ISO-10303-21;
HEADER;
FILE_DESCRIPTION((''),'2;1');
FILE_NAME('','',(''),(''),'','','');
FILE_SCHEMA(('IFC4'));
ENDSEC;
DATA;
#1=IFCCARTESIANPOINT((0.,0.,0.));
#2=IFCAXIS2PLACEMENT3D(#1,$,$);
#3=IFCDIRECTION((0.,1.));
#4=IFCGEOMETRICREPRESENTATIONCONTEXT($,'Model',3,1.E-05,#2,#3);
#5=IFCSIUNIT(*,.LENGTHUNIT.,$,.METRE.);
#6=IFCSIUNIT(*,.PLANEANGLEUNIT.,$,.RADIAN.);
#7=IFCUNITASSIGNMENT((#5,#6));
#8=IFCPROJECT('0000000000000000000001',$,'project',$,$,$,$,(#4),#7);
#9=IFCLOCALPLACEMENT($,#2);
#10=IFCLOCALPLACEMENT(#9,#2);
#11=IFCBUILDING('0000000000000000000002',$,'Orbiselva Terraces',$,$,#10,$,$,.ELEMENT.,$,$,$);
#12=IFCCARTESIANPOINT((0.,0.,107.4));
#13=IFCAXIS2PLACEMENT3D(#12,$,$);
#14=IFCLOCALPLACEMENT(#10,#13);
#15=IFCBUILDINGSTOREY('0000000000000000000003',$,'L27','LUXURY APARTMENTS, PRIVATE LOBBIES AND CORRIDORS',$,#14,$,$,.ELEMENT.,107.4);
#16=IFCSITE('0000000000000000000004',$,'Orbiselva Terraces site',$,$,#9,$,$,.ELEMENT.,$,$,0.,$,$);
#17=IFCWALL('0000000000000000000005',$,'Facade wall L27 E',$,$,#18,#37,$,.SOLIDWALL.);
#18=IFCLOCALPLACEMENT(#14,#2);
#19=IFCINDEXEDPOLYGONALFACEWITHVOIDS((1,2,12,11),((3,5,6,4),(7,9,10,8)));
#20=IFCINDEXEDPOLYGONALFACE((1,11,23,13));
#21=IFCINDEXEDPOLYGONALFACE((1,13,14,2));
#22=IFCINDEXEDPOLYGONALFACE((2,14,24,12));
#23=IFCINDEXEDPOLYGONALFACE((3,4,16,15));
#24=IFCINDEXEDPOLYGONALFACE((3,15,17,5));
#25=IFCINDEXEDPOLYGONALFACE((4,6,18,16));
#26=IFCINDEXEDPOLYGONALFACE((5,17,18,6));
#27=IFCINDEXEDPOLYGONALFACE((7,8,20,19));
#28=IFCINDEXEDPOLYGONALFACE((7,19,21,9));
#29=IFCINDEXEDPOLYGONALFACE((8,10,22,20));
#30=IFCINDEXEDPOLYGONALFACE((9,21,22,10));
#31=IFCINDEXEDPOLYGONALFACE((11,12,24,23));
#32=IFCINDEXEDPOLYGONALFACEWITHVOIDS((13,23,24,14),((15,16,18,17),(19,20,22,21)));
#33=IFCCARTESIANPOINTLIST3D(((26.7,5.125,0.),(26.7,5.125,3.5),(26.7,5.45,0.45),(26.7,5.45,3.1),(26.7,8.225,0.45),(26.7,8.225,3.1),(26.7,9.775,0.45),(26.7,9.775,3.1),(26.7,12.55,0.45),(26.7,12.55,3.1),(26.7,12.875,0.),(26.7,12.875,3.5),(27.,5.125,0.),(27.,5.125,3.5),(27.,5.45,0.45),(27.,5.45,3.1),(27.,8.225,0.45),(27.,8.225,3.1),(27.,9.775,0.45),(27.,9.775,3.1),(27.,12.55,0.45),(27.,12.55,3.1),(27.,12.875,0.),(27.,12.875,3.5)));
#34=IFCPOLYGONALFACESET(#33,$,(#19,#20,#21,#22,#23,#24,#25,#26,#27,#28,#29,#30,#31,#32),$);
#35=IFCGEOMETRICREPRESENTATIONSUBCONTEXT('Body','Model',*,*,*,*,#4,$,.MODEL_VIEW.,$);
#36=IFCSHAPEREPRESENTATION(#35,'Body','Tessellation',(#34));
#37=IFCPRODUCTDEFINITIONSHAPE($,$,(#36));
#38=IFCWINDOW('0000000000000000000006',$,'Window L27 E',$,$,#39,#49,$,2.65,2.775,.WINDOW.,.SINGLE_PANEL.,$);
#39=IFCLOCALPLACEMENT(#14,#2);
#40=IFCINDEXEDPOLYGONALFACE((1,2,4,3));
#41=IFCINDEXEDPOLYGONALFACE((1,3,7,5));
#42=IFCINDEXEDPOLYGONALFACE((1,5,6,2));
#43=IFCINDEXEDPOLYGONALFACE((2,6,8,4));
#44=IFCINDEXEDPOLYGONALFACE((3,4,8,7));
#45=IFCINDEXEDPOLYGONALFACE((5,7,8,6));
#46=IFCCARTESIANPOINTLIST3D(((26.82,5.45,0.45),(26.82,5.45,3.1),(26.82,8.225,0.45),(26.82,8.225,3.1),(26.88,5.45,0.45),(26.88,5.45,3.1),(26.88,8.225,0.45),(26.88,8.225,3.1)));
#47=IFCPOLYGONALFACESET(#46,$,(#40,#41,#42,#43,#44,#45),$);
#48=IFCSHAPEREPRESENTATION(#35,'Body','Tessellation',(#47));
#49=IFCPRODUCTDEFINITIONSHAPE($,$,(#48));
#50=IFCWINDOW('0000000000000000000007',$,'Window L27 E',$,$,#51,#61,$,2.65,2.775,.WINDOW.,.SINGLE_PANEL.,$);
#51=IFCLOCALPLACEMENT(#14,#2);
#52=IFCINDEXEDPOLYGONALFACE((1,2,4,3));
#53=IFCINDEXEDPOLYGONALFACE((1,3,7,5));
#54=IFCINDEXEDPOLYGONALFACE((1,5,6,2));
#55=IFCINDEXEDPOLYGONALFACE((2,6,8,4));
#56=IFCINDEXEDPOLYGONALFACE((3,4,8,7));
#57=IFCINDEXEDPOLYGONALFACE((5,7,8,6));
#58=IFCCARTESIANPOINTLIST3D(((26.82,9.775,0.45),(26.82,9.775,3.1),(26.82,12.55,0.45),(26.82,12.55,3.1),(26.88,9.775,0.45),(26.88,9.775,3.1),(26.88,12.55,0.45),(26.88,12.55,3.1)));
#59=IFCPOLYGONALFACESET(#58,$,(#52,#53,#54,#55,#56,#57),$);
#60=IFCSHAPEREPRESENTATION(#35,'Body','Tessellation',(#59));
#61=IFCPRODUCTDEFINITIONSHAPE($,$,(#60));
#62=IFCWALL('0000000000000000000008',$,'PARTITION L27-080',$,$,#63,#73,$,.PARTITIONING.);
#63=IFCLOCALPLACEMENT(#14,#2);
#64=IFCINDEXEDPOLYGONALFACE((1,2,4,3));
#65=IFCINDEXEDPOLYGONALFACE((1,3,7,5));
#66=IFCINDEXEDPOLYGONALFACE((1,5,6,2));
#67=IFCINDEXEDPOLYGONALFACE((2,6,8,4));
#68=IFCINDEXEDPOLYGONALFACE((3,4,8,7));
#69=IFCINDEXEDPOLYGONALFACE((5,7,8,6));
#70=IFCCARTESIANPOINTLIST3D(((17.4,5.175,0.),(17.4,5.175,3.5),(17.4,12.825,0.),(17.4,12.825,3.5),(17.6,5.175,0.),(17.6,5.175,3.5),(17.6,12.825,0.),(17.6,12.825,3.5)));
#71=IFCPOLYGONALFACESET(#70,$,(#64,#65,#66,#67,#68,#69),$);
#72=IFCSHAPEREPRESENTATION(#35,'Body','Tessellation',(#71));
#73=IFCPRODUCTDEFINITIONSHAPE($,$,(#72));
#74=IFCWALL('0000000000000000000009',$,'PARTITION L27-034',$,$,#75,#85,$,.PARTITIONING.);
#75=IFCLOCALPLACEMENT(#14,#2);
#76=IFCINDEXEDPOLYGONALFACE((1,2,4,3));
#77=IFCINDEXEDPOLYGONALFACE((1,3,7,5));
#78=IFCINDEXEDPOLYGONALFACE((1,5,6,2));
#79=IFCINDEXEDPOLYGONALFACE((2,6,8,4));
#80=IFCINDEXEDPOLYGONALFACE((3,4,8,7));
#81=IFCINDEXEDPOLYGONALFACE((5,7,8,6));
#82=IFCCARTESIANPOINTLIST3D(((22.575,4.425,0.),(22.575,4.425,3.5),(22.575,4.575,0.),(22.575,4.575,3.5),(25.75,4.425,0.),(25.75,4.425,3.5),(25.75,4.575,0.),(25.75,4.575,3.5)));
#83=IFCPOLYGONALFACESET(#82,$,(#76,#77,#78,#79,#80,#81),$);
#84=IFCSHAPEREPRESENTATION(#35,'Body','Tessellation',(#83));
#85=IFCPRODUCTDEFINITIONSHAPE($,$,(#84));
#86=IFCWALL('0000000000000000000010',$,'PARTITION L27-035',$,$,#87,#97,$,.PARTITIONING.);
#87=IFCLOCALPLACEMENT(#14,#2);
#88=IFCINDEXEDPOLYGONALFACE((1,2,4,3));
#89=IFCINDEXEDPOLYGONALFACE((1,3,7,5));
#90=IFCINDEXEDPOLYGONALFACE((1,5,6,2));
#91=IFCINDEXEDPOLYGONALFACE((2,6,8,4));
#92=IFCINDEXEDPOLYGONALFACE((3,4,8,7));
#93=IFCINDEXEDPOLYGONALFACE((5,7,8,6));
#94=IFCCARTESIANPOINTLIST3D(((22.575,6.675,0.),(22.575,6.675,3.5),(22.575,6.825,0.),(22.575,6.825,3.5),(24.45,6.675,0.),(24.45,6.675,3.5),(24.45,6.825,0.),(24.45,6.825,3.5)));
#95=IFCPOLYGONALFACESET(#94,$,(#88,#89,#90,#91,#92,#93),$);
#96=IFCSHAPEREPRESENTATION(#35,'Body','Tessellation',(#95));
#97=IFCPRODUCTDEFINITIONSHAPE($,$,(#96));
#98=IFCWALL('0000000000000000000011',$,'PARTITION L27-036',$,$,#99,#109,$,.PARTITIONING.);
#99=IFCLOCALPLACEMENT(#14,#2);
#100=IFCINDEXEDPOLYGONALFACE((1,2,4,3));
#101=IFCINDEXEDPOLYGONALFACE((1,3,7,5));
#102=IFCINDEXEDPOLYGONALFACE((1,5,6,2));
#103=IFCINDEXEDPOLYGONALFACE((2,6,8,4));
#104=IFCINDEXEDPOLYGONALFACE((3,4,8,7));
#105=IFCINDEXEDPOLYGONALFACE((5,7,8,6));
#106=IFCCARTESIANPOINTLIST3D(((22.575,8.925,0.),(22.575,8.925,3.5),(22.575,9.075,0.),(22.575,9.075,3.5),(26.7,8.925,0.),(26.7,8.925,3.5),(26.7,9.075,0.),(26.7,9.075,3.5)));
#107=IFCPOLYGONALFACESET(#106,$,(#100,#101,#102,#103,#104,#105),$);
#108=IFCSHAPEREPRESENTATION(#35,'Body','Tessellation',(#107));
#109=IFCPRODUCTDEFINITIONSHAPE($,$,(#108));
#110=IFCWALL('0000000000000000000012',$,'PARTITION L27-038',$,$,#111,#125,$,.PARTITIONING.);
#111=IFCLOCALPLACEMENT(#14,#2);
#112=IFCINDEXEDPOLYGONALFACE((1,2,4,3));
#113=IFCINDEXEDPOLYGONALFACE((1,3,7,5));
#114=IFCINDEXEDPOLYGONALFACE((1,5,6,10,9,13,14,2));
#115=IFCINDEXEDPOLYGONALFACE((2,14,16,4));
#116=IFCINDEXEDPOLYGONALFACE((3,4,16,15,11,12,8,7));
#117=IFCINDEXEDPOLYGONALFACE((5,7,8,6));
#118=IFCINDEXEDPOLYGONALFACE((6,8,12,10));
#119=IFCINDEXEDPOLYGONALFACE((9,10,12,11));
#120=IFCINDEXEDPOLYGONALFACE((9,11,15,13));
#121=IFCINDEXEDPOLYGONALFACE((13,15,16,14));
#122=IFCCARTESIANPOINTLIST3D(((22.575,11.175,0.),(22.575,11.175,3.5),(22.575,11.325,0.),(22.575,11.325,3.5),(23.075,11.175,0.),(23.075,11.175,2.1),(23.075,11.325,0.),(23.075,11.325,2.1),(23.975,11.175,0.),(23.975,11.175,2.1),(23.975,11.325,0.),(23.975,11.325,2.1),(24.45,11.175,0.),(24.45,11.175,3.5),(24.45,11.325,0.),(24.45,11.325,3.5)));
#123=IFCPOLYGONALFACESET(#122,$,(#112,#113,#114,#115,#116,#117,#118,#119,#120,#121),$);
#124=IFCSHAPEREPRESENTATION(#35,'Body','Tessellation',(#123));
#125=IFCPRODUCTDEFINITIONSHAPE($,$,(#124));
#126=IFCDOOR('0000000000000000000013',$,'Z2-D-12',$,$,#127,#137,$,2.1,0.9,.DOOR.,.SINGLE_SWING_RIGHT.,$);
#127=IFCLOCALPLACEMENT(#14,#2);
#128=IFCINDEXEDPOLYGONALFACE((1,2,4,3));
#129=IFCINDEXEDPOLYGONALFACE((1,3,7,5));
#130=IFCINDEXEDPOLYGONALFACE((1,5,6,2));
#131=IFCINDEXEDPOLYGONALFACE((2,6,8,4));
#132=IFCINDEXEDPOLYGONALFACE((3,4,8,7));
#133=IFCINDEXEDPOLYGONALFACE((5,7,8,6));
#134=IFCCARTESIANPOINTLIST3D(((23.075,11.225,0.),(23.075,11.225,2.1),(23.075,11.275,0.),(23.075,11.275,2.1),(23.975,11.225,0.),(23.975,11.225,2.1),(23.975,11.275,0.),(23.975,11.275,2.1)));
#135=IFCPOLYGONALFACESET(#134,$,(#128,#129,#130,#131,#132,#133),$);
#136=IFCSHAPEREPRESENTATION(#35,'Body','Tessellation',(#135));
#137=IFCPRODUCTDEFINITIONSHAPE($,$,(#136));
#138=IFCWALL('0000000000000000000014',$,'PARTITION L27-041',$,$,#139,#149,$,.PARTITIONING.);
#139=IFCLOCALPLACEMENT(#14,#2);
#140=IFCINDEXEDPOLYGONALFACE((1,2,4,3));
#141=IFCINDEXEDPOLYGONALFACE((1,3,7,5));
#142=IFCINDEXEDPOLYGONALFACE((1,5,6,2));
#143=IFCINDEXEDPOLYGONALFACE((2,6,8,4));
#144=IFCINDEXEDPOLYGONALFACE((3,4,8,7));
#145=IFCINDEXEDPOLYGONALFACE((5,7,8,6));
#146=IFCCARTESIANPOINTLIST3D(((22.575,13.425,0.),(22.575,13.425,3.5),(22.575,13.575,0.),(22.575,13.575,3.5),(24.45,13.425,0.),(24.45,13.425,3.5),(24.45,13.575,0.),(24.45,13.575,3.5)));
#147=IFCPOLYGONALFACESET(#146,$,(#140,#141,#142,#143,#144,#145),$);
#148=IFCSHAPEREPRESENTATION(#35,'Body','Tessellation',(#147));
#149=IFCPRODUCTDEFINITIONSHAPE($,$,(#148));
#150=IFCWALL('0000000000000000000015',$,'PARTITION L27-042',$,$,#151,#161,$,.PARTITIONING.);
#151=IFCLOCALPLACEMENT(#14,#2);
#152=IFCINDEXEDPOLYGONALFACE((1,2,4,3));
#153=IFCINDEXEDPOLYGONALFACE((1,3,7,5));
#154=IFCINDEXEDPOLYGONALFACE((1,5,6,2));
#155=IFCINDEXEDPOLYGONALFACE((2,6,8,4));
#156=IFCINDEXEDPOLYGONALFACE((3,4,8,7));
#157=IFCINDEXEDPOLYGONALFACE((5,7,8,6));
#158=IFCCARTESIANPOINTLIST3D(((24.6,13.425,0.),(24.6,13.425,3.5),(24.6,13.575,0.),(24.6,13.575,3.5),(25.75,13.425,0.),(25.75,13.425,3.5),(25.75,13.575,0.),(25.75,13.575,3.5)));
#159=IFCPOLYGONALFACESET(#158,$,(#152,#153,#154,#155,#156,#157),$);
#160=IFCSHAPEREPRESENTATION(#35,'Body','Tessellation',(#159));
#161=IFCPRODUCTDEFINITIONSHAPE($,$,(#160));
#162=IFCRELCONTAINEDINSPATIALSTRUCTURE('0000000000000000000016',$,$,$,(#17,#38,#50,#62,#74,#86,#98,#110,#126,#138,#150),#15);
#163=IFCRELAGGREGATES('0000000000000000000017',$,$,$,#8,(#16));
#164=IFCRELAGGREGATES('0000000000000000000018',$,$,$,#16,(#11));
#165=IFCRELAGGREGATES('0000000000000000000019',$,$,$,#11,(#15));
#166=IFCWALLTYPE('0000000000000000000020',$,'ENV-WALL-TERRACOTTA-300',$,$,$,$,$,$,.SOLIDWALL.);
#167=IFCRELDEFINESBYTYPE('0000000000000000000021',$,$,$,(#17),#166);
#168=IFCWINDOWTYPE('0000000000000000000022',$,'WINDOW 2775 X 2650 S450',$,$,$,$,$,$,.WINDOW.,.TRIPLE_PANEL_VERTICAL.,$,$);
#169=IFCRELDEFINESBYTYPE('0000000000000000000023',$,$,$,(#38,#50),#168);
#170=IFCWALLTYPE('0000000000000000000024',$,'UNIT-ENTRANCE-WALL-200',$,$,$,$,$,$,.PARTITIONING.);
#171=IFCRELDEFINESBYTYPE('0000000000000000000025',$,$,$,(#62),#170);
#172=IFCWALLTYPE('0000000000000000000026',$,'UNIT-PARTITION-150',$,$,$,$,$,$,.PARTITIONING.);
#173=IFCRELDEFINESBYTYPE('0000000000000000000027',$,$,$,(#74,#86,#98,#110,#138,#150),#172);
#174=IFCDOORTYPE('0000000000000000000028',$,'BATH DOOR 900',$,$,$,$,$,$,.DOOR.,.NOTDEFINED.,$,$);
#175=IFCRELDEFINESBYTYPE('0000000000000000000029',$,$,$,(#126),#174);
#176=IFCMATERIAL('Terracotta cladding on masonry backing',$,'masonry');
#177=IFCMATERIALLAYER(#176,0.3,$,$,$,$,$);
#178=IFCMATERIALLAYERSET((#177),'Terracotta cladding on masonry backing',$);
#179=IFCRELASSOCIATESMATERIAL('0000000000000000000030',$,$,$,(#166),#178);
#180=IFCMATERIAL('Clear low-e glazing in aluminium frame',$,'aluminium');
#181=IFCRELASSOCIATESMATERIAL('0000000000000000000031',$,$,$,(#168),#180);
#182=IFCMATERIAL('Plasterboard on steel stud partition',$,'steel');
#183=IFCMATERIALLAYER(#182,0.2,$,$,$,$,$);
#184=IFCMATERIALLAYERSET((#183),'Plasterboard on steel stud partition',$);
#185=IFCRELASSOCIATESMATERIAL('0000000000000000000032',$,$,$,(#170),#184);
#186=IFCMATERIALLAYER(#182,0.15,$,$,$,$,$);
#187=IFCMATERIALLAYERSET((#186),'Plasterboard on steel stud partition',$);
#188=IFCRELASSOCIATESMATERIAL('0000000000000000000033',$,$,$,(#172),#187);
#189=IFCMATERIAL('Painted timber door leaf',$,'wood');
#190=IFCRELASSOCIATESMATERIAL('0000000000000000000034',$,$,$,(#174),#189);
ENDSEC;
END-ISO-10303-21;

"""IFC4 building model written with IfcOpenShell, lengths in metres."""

from ifc_helpers import new_model, si_unit, direction, frame, frame_2d, origin, place, context, subcontext, project, spatial, rectangle, extrude, material, layer, layer_set, type_object, element, fill, save


model = new_model("IFC4")

# Units and contexts
model_context = context("Model", 3, precision=1e-05, world=origin(), true_north=direction((0.0, 1.0)))
body_context = subcontext(model_context, "Body", "Model", "MODEL_VIEW")
ifc_project = project(units=[si_unit("LENGTHUNIT", "METRE"), si_unit("PLANEANGLEUNIT", "RADIAN")], contexts=[model_context])

# Site, building, storey
site_placement = place(None, origin())
site = spatial("IfcSite", under=ifc_project, at=site_placement, Name="Orbiselva Terraces site", CompositionType="ELEMENT", RefElevation=0.0)
building_placement = place(site_placement, origin())
building = spatial("IfcBuilding", under=site, at=building_placement, Name="Orbiselva Terraces", CompositionType="ELEMENT")
storey_placement = place(building_placement, frame((0.0, 0.0, 107.4)))
storey = spatial("IfcBuildingStorey", under=building, at=storey_placement, Name="L27", Description="LUXURY APARTMENTS, PRIVATE LOBBIES AND CORRIDORS", CompositionType="ELEMENT", Elevation=107.4)

# Shared definitions
ifc_material_1 = material(Name="Terracotta cladding on masonry backing", Category="masonry")
ifc_layer_1 = layer(ifc_material_1, 0.3)
ifc_layer_set_1 = layer_set([ifc_layer_1], Name="Terracotta cladding on masonry backing")
wall_type_1 = type_object("IfcWallType", Name="ENV-WALL-TERRACOTTA-300", PredefinedType="SOLIDWALL", material=ifc_layer_set_1)
ifc_material_2 = material(Name="Clear low-e glazing in aluminium frame", Category="aluminium")
window_type = type_object("IfcWindowType", Name="WINDOW 2775 X 2650 S450", PartitioningType="TRIPLE_PANEL_VERTICAL", PredefinedType="WINDOW", material=ifc_material_2)

# Wall, openings, windows
wall_1_placement = place(storey_placement, frame((26.85, 12.875, 0.0), z_axis=(0.0, 0.0, 1.0), x_axis=(0.0, -1.0, 0.0)))
wall_1 = element("IfcWall", 1, at=wall_1_placement, inside=storey, type_object=wall_type_1, Name="Facade wall L27 E", PredefinedType="SOLIDWALL", context=body_context, shape_type="SweptSolid", body=[
    extrude(rectangle(XDim=7.75, YDim=0.3, at=frame_2d((3.875, 0.0))), origin(), (0.0, 0.0, 1.0), 3.5),
])
opening_1_placement = place(wall_1_placement, frame((4.65, 0.0, 0.45)))
opening_1 = element("IfcOpeningElement", 2, at=opening_1_placement, cuts=wall_1, PredefinedType="OPENING", context=body_context, shape_type="SweptSolid", body=[
    extrude(rectangle(XDim=2.775, YDim=2.65, at=frame_2d((1.3875, 1.325))), frame((0.0, 0.16, 0.0), z_axis=(0.0, -1.0, 0.0), x_axis=(1.0, 0.0, 0.0)), (0.0, 0.0, 1.0), 0.32),
])
opening_2_placement = place(wall_1_placement, frame((0.325, 0.0, 0.45)))
opening_2 = element("IfcOpeningElement", 3, at=opening_2_placement, cuts=wall_1, PredefinedType="OPENING", context=body_context, shape_type="SweptSolid", body=[
    extrude(rectangle(XDim=2.775, YDim=2.65, at=frame_2d((1.3875, 1.325))), frame((0.0, 0.16, 0.0), z_axis=(0.0, -1.0, 0.0), x_axis=(1.0, 0.0, 0.0)), (0.0, 0.0, 1.0), 0.32),
])
window_1_placement = place(opening_1_placement, origin())
window_1 = element("IfcWindow", 4, at=window_1_placement, inside=storey, type_object=window_type, Name="Window L27 E", OverallHeight=2.65, OverallWidth=2.775, PartitioningType="SINGLE_PANEL", PredefinedType="WINDOW", context=body_context, shape_type="SweptSolid", body=[
    extrude(rectangle(XDim=2.775, YDim=2.65, at=frame_2d((1.3875, 1.325))), frame((0.0, 0.03, 0.0), z_axis=(0.0, -1.0, 0.0), x_axis=(1.0, 0.0, 0.0)), (0.0, 0.0, 1.0), 0.06),
])
fill(opening_1, window_1)
window_2_placement = place(opening_2_placement, origin())
window_2 = element("IfcWindow", 5, at=window_2_placement, inside=storey, type_object=window_type, Name="Window L27 E", OverallHeight=2.65, OverallWidth=2.775, PartitioningType="SINGLE_PANEL", PredefinedType="WINDOW", context=body_context, shape_type="SweptSolid", body=[
    extrude(rectangle(XDim=2.775, YDim=2.65, at=frame_2d((1.3875, 1.325))), frame((0.0, 0.03, 0.0), z_axis=(0.0, -1.0, 0.0), x_axis=(1.0, 0.0, 0.0)), (0.0, 0.0, 1.0), 0.06),
])
fill(opening_2, window_2)

# Walls
ifc_material_3 = material(Name="Plasterboard on steel stud partition", Category="steel")
ifc_layer_2 = layer(ifc_material_3, 0.2)
ifc_layer_set_2 = layer_set([ifc_layer_2], Name="Plasterboard on steel stud partition")
wall_type_2 = type_object("IfcWallType", Name="UNIT-ENTRANCE-WALL-200", PredefinedType="PARTITIONING", material=ifc_layer_set_2)
wall_2_placement = place(storey_placement, frame((17.5, 5.175, 0.0), z_axis=(0.0, 0.0, 1.0), x_axis=(0.0, 1.0, 0.0)))
element("IfcWall", 6, at=wall_2_placement, inside=storey, type_object=wall_type_2, Name="PARTITION L27-080", PredefinedType="PARTITIONING", context=body_context, shape_type="SweptSolid", body=[
    extrude(rectangle(XDim=7.65, YDim=0.2, at=frame_2d((3.825, 0.0))), origin(), (0.0, 0.0, 1.0), 3.5),
])
ifc_layer_3 = layer(ifc_material_3, 0.15)
ifc_layer_set_3 = layer_set([ifc_layer_3], Name="Plasterboard on steel stud partition")
wall_type_3 = type_object("IfcWallType", Name="UNIT-PARTITION-150", PredefinedType="PARTITIONING", material=ifc_layer_set_3)
wall_3_placement = place(storey_placement, frame((22.575, 4.5, 0.0), z_axis=(0.0, 0.0, 1.0), x_axis=(1.0, 0.0, 0.0)))
element("IfcWall", 7, at=wall_3_placement, inside=storey, type_object=wall_type_3, Name="PARTITION L27-034", PredefinedType="PARTITIONING", context=body_context, shape_type="SweptSolid", body=[
    extrude(rectangle(XDim=3.175, YDim=0.15, at=frame_2d((1.5875, 0.0))), origin(), (0.0, 0.0, 1.0), 3.5),
])
wall_4_placement = place(storey_placement, frame((22.575, 6.75, 0.0), z_axis=(0.0, 0.0, 1.0), x_axis=(1.0, 0.0, 0.0)))
element("IfcWall", 8, at=wall_4_placement, inside=storey, type_object=wall_type_3, Name="PARTITION L27-035", PredefinedType="PARTITIONING", context=body_context, shape_type="SweptSolid", body=[
    extrude(rectangle(XDim=1.875, YDim=0.15, at=frame_2d((0.9375, 0.0))), origin(), (0.0, 0.0, 1.0), 3.5),
])
wall_5_placement = place(storey_placement, frame((22.575, 9.0, 0.0), z_axis=(0.0, 0.0, 1.0), x_axis=(1.0, 0.0, 0.0)))
element("IfcWall", 9, at=wall_5_placement, inside=storey, type_object=wall_type_3, Name="PARTITION L27-036", PredefinedType="PARTITIONING", context=body_context, shape_type="SweptSolid", body=[
    extrude(rectangle(XDim=4.125, YDim=0.15, at=frame_2d((2.0625, 0.0))), origin(), (0.0, 0.0, 1.0), 3.5),
])

# Wall, opening, door
wall_6_placement = place(storey_placement, frame((22.575, 11.25, 0.0), z_axis=(0.0, 0.0, 1.0), x_axis=(1.0, 0.0, 0.0)))
wall_6 = element("IfcWall", 10, at=wall_6_placement, inside=storey, type_object=wall_type_3, Name="PARTITION L27-038", PredefinedType="PARTITIONING", context=body_context, shape_type="SweptSolid", body=[
    extrude(rectangle(XDim=1.875, YDim=0.15, at=frame_2d((0.9375, 0.0))), origin(), (0.0, 0.0, 1.0), 3.5),
])
opening_3_placement = place(wall_6_placement, frame((0.5, 0.0, 0.0)))
opening_3 = element("IfcOpeningElement", 11, at=opening_3_placement, cuts=wall_6, PredefinedType="OPENING", context=body_context, shape_type="SweptSolid", body=[
    extrude(rectangle(XDim=0.9, YDim=2.1, at=frame_2d((0.45, 1.05))), frame((0.0, 0.085, 0.0), z_axis=(0.0, -1.0, 0.0), x_axis=(1.0, 0.0, 0.0)), (0.0, 0.0, 1.0), 0.17),
])
ifc_material_4 = material(Name="Painted timber door leaf", Category="wood")
door_type_1 = type_object("IfcDoorType", Name="BATH DOOR 900", OperationType="NOTDEFINED", PredefinedType="DOOR", material=ifc_material_4)
door_1_placement = place(opening_3_placement, origin())
door_1 = element("IfcDoor", 12, at=door_1_placement, inside=storey, type_object=door_type_1, Name="Z2-D-12", OperationType="SINGLE_SWING_RIGHT", OverallHeight=2.1, OverallWidth=0.9, PredefinedType="DOOR", context=body_context, shape_type="SweptSolid", body=[
    extrude(rectangle(XDim=0.9, YDim=2.1, at=frame_2d((0.45, 1.05))), frame((0.0, 0.025, 0.0), z_axis=(0.0, -1.0, 0.0), x_axis=(1.0, 0.0, 0.0)), (0.0, 0.0, 1.0), 0.05),
])
fill(opening_3, door_1)

# Walls
wall_7_placement = place(storey_placement, frame((22.575, 13.5, 0.0), z_axis=(0.0, 0.0, 1.0), x_axis=(1.0, 0.0, 0.0)))
element("IfcWall", 13, at=wall_7_placement, inside=storey, type_object=wall_type_3, Name="PARTITION L27-041", PredefinedType="PARTITIONING", context=body_context, shape_type="SweptSolid", body=[
    extrude(rectangle(XDim=1.875, YDim=0.15, at=frame_2d((0.9375, 0.0))), origin(), (0.0, 0.0, 1.0), 3.5),
])
wall_8_placement = place(storey_placement, frame((24.6, 13.5, 0.0), z_axis=(0.0, 0.0, 1.0), x_axis=(1.0, 0.0, 0.0)))
element("IfcWall", 14, at=wall_8_placement, inside=storey, type_object=wall_type_3, Name="PARTITION L27-042", PredefinedType="PARTITIONING", context=body_context, shape_type="SweptSolid", body=[
    extrude(rectangle(XDim=1.15, YDim=0.15, at=frame_2d((0.575, 0.0))), origin(), (0.0, 0.0, 1.0), 3.5),
])

save(model, "model.ifc")
